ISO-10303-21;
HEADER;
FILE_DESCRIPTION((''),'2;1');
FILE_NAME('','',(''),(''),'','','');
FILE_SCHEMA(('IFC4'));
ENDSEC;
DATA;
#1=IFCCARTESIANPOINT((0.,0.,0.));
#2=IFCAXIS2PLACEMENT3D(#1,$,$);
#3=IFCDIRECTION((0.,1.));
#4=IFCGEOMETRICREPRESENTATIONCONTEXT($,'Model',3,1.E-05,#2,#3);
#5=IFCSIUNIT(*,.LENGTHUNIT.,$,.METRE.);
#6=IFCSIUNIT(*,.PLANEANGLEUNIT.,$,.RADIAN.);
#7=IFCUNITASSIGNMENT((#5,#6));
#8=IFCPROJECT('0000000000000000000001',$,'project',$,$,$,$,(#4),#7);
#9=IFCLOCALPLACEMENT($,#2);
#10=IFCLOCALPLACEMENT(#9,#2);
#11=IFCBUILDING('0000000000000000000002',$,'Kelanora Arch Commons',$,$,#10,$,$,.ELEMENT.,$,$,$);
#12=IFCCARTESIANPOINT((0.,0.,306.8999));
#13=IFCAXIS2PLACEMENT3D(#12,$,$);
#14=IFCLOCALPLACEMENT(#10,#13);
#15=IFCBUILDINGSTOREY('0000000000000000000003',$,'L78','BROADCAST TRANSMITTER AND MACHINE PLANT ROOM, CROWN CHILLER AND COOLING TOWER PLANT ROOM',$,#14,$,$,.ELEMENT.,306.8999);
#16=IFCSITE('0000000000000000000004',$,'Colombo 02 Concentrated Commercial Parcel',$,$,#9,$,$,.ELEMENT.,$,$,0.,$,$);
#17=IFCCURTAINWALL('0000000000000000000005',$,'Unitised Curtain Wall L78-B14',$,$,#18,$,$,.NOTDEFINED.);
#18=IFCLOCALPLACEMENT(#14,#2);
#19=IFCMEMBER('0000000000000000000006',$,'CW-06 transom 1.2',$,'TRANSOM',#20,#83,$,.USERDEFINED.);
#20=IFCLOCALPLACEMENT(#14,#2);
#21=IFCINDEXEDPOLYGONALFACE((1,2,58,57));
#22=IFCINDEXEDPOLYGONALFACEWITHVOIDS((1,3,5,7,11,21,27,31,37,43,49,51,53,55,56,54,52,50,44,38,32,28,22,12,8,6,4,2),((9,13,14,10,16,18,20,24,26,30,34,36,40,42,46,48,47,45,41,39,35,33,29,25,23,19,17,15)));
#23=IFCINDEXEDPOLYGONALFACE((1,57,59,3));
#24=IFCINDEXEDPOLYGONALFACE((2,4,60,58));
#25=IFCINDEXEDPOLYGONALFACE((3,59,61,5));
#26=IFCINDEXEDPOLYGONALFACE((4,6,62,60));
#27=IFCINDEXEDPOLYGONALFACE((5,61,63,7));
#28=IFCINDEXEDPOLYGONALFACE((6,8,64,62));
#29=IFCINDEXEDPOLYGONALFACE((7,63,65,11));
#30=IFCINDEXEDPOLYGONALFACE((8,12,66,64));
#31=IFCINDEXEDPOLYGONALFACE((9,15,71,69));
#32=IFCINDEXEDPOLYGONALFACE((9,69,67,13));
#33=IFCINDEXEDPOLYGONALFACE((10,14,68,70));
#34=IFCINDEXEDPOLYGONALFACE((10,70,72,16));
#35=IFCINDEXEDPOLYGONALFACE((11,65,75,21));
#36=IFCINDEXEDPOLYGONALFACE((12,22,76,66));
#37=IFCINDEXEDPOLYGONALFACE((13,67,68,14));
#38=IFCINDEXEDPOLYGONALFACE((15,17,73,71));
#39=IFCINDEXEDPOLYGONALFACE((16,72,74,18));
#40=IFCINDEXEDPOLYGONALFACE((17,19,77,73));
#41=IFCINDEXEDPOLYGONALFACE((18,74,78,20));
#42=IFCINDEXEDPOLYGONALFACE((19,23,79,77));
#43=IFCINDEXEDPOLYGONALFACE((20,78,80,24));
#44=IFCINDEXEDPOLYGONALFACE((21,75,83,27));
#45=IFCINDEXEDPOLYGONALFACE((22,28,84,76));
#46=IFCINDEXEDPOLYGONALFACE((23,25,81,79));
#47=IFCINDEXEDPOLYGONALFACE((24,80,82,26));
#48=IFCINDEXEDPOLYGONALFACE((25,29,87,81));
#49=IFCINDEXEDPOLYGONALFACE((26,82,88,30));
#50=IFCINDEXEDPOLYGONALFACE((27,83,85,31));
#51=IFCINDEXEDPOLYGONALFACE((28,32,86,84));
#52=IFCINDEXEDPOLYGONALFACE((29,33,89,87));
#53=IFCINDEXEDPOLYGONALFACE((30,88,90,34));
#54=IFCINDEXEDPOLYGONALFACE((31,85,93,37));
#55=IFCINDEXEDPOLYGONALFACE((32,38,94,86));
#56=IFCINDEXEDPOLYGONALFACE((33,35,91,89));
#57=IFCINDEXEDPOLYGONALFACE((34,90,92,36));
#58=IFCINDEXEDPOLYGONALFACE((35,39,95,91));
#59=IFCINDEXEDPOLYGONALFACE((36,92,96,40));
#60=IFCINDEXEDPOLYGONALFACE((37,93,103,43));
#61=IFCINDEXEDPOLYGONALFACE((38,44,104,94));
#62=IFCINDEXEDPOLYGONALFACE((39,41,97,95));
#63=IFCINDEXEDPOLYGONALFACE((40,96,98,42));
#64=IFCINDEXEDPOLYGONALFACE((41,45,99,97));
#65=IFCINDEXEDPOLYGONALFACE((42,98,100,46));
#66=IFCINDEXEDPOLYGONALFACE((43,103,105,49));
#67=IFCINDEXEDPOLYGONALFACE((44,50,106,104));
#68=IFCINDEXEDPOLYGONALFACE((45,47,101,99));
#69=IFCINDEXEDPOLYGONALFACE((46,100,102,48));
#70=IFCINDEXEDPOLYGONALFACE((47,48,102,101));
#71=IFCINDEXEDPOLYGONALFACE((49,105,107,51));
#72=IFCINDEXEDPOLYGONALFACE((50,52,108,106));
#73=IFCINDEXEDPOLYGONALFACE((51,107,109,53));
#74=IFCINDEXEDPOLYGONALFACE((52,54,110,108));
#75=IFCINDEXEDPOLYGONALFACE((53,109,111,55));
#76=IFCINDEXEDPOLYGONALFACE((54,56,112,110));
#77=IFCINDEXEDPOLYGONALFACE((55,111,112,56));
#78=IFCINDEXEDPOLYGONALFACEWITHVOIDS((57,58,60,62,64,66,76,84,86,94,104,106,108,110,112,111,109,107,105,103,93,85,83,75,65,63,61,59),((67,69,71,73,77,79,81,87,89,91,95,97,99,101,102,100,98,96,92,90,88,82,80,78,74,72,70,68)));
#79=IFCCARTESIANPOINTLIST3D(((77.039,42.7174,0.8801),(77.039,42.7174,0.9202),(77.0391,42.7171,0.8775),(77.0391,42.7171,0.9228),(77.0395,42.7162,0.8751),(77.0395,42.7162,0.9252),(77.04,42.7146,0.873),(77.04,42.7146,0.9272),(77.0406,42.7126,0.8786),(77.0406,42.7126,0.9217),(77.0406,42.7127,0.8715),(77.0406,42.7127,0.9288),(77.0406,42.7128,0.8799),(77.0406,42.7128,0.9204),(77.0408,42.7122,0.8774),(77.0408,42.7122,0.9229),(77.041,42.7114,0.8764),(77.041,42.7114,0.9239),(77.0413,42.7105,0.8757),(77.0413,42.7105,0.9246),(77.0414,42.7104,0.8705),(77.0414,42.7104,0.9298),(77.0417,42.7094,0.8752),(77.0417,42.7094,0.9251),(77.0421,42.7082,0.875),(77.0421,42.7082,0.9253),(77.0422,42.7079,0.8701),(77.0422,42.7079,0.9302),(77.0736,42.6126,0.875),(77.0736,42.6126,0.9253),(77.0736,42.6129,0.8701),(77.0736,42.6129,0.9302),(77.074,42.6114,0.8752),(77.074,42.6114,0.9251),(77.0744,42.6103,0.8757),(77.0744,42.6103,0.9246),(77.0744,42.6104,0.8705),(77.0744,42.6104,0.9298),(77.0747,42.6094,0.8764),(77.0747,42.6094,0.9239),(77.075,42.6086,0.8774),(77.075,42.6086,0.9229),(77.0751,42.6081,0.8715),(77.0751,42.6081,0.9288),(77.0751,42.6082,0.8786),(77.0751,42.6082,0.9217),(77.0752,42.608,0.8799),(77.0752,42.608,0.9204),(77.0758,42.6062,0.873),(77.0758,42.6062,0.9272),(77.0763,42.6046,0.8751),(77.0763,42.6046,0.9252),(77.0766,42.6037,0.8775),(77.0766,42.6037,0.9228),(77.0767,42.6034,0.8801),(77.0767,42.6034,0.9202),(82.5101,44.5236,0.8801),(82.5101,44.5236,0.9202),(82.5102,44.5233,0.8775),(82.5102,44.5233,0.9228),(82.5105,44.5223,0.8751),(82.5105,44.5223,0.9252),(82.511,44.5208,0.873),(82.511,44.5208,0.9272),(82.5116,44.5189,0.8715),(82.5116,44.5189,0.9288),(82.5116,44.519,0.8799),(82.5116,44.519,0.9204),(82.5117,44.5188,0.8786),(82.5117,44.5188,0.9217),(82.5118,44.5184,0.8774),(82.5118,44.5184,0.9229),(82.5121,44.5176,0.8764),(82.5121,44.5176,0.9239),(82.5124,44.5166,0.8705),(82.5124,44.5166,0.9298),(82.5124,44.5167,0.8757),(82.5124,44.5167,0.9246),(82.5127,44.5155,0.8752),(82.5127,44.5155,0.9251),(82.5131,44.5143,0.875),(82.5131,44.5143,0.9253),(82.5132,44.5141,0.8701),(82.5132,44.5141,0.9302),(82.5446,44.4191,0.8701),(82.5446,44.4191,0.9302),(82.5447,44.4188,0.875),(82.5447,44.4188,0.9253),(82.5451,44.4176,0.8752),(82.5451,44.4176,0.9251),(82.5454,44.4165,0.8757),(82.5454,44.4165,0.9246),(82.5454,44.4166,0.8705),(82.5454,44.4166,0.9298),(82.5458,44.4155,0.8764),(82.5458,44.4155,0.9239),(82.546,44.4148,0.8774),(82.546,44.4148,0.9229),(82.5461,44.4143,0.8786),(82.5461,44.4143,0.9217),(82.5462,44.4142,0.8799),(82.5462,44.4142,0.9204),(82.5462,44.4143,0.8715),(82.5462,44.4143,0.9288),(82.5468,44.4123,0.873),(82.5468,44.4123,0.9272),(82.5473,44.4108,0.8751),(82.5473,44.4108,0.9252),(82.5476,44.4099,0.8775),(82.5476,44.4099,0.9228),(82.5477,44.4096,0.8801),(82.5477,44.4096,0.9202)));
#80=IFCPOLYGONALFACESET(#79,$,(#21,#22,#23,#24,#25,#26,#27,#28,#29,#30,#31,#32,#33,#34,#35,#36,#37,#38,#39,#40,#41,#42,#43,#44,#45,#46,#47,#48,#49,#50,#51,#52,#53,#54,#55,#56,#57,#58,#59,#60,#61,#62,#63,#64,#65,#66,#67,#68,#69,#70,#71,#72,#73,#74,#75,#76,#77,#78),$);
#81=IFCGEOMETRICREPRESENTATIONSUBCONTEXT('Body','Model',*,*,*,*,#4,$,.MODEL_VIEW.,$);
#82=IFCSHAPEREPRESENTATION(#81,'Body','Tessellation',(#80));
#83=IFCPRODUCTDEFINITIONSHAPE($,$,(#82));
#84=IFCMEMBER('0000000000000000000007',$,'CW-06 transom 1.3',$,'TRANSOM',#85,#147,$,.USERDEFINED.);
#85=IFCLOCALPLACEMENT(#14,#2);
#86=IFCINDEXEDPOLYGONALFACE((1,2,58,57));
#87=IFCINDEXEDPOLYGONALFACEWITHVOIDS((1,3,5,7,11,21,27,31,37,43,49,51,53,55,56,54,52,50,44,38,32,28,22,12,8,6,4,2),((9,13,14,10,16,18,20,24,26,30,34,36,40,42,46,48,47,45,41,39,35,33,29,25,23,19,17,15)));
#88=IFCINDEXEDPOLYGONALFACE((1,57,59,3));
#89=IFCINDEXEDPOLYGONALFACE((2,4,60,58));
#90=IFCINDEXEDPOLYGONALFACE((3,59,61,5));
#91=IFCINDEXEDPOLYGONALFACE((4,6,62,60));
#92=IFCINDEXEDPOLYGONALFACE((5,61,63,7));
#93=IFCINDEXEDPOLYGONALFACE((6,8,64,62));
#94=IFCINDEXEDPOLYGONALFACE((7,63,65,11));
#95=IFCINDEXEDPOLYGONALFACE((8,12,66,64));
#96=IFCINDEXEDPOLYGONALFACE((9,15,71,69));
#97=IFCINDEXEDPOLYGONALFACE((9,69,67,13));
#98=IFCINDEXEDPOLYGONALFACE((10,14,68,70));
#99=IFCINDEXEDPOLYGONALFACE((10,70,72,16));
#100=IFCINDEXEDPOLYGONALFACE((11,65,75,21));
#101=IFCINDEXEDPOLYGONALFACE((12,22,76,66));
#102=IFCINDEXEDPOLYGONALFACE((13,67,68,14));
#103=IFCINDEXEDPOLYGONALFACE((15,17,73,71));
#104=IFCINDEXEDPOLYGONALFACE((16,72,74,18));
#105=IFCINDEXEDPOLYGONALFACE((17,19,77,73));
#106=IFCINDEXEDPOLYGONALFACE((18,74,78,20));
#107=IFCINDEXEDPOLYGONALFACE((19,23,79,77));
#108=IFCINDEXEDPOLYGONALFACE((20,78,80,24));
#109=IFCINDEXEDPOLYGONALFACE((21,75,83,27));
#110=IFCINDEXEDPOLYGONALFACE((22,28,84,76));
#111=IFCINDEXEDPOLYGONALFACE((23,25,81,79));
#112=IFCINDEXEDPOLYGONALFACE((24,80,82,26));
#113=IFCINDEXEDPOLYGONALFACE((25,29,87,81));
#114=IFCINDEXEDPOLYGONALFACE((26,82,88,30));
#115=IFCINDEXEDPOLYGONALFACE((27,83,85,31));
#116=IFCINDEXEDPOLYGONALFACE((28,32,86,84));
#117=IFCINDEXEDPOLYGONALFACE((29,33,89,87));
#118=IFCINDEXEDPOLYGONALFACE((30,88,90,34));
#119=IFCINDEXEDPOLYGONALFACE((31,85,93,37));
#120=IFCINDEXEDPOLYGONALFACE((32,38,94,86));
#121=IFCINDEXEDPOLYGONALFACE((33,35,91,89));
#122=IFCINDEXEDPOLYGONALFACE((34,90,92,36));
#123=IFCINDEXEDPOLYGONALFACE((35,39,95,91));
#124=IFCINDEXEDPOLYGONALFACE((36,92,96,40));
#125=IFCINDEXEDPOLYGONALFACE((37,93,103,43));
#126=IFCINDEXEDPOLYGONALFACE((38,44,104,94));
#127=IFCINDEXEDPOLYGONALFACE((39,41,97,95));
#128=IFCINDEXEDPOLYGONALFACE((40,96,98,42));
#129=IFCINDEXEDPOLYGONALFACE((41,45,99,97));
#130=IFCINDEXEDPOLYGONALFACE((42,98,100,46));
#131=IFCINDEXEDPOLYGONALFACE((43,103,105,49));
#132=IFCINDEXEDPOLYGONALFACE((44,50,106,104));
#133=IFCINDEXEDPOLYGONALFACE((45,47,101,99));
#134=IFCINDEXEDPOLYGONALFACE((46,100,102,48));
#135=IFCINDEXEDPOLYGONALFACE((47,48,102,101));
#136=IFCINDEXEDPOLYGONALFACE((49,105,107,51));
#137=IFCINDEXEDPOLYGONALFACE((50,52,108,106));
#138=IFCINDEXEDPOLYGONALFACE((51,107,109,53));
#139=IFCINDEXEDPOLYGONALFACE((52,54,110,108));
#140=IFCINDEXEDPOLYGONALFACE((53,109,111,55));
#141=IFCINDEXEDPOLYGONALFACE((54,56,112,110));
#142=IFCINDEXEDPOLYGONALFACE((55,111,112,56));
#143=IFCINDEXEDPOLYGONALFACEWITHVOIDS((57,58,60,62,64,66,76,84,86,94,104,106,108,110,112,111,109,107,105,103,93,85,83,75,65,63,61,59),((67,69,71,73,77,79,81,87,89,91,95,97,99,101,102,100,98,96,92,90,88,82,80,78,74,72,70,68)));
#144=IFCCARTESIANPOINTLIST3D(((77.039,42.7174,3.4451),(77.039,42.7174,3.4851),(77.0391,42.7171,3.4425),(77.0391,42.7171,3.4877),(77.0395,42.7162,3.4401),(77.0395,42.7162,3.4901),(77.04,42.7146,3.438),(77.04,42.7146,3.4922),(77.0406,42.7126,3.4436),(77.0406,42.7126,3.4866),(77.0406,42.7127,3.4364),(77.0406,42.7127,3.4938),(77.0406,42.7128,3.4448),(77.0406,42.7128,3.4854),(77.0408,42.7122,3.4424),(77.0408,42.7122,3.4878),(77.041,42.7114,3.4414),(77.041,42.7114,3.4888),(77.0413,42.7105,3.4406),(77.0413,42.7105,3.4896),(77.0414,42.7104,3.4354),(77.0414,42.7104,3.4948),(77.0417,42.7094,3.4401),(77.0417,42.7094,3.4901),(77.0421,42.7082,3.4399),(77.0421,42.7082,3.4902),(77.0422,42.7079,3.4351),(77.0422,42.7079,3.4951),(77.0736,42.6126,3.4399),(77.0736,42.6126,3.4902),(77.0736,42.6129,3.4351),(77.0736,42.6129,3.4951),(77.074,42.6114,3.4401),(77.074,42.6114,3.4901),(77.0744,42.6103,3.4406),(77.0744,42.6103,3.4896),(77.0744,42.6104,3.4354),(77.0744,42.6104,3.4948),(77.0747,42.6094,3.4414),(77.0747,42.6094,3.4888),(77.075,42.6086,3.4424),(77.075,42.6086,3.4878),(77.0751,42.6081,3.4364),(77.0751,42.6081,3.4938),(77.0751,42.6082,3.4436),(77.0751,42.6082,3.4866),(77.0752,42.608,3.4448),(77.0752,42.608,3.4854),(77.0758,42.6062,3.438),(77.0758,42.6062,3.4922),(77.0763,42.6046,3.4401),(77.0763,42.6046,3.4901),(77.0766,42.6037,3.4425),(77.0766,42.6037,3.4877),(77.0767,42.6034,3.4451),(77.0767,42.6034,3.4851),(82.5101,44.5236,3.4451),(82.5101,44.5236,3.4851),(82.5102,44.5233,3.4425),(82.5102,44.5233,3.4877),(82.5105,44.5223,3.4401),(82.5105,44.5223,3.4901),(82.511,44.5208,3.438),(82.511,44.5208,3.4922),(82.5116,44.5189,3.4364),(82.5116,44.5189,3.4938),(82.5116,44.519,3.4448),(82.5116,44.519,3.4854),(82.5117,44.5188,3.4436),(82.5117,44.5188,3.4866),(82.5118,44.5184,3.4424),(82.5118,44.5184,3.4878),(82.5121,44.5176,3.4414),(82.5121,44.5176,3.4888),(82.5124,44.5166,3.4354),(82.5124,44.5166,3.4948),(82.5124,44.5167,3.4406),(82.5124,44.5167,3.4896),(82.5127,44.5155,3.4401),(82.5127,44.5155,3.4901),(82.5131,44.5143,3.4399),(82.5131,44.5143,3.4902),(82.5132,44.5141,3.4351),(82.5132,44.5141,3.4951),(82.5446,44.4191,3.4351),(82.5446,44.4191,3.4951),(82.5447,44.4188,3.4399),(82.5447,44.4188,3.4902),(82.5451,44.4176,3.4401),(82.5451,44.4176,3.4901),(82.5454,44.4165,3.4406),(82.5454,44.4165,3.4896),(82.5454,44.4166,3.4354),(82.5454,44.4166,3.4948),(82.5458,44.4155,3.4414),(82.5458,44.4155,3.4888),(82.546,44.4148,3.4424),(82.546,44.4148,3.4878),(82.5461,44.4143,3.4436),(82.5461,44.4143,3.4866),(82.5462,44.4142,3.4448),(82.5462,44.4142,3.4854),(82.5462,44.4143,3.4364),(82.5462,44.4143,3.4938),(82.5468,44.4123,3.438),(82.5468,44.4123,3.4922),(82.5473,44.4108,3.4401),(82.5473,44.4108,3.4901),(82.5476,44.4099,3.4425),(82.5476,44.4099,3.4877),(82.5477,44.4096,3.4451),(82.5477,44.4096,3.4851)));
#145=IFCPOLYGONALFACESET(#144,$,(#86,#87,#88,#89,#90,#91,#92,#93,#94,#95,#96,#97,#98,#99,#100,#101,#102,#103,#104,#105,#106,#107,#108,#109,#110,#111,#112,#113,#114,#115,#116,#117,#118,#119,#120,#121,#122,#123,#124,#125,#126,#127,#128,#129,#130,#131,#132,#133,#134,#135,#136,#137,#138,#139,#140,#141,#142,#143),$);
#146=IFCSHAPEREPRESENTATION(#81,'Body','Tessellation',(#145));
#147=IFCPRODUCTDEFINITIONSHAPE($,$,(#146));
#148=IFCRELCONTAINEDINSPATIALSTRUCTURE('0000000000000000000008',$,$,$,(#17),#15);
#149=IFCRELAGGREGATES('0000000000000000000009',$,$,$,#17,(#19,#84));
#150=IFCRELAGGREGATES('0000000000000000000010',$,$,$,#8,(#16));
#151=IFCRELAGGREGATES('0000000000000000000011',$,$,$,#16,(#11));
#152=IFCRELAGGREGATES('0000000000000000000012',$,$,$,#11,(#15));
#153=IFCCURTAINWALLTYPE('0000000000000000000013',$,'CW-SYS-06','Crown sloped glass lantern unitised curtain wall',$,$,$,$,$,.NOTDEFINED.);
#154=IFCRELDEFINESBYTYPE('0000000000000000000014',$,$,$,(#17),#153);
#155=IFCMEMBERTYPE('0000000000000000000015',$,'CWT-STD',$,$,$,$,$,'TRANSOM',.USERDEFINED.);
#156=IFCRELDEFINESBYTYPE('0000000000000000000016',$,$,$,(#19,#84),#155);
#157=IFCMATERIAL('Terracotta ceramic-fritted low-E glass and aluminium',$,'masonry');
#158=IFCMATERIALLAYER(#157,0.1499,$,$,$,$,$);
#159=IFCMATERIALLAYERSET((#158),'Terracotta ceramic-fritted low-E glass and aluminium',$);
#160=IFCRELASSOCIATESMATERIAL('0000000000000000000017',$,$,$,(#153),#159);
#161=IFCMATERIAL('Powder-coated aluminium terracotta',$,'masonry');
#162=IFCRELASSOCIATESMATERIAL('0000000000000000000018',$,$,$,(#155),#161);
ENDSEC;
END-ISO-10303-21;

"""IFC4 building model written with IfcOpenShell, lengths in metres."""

from ifc_helpers import new_model, si_unit, direction, frame, origin, origin_2d, place, context, subcontext, project, spatial, hollow_rectangle, extrude, material, layer, layer_set, material_profile, profile_set, type_object, element, aggregate, save


model = new_model("IFC4")

# Units and contexts
model_context = context("Model", 3, precision=1e-05, world=origin(), true_north=direction((0.0, 1.0)))
body_context = subcontext(model_context, "Body", "Model", "MODEL_VIEW")
ifc_project = project(units=[si_unit("LENGTHUNIT", "METRE"), si_unit("PLANEANGLEUNIT", "RADIAN")], contexts=[model_context])

# Site, building, storey
site_placement = place(None, origin())
site = spatial("IfcSite", under=ifc_project, at=site_placement, Name="Colombo 02 Concentrated Commercial Parcel", CompositionType="ELEMENT", RefElevation=0.0)
building_placement = place(site_placement, origin())
building = spatial("IfcBuilding", under=site, at=building_placement, Name="Kelanora Arch Commons", CompositionType="ELEMENT")
storey_placement = place(building_placement, frame((0.0, 0.0, 306.8999)))
storey = spatial("IfcBuildingStorey", under=building, at=storey_placement, Name="L78", Description="BROADCAST TRANSMITTER AND MACHINE PLANT ROOM, CROWN CHILLER AND COOLING TOWER PLANT ROOM", CompositionType="ELEMENT", Elevation=306.8999)

# Shared definitions
ifc_material_1 = material(Name="Terracotta ceramic-fritted low-E glass and aluminium", Category="masonry")
ifc_layer_1 = layer(ifc_material_1, 0.1499)
ifc_layer_set_1 = layer_set([ifc_layer_1], Name="Terracotta ceramic-fritted low-E glass and aluminium")
curtain_wall_type = type_object("IfcCurtainWallType", Name="CW-SYS-06", Description="Crown sloped glass lantern unitised curtain wall", PredefinedType="NOTDEFINED", material=ifc_layer_set_1)
ifc_material_2 = material(Name="Powder-coated aluminium terracotta", Category="masonry")

# Curtain wall
curtain_wall_1_placement = place(storey_placement, origin())
curtain_wall_1 = element("IfcCurtainWall", 1, at=curtain_wall_1_placement, inside=storey, type_object=curtain_wall_type, Name="Unitised Curtain Wall L78-B14", PredefinedType="NOTDEFINED")

# Members
ifc_material_profile_1 = material_profile(ifc_material_2, hollow_rectangle(XDim=0.1201, YDim=0.0601, WallThickness=0.0049, InnerFilletRadius=0.0049, OuterFilletRadius=0.01, at=origin_2d()), Name="CWT120x60")
ifc_profile_set_1 = profile_set([ifc_material_profile_1], Name="Powder-coated aluminium terracotta")
member_type_1 = type_object("IfcMemberType", Name="CWT-STD", ElementType="TRANSOM", PredefinedType="USERDEFINED", material=ifc_profile_set_1)
member_1_placement = place(storey_placement, frame((77.0579, 42.6604, 0.9001), z_axis=(0.94959, 0.313493, 0.0), x_axis=(-0.313493, 0.94959, 0.0)))
member_1 = element("IfcMember", 2, at=member_1_placement, type_object=member_type_1, Name="CW-06 transom 1.2", ObjectType="TRANSOM", PredefinedType="USERDEFINED", context=body_context, shape_type="SweptSolid", body=[
    extrude(hollow_rectangle(XDim=0.1201, YDim=0.0601, WallThickness=0.0049, InnerFilletRadius=0.0049, OuterFilletRadius=0.01, at=origin_2d()), origin(), (0.0, 0.0, 1.0), 5.7615),
])
member_2_placement = place(storey_placement, frame((77.0579, 42.6604, 3.4651), z_axis=(0.94959, 0.313493, 0.0), x_axis=(-0.313493, 0.94959, 0.0)))
member_2 = element("IfcMember", 3, at=member_2_placement, type_object=member_type_1, Name="CW-06 transom 1.3", ObjectType="TRANSOM", PredefinedType="USERDEFINED", context=body_context, shape_type="SweptSolid", body=[
    extrude(hollow_rectangle(XDim=0.1201, YDim=0.0601, WallThickness=0.0049, InnerFilletRadius=0.0049, OuterFilletRadius=0.01, at=origin_2d()), origin(), (0.0, 0.0, 1.0), 5.7615),
])

aggregate(curtain_wall_1, [member_1, member_2])

save(model, "model.ifc")
